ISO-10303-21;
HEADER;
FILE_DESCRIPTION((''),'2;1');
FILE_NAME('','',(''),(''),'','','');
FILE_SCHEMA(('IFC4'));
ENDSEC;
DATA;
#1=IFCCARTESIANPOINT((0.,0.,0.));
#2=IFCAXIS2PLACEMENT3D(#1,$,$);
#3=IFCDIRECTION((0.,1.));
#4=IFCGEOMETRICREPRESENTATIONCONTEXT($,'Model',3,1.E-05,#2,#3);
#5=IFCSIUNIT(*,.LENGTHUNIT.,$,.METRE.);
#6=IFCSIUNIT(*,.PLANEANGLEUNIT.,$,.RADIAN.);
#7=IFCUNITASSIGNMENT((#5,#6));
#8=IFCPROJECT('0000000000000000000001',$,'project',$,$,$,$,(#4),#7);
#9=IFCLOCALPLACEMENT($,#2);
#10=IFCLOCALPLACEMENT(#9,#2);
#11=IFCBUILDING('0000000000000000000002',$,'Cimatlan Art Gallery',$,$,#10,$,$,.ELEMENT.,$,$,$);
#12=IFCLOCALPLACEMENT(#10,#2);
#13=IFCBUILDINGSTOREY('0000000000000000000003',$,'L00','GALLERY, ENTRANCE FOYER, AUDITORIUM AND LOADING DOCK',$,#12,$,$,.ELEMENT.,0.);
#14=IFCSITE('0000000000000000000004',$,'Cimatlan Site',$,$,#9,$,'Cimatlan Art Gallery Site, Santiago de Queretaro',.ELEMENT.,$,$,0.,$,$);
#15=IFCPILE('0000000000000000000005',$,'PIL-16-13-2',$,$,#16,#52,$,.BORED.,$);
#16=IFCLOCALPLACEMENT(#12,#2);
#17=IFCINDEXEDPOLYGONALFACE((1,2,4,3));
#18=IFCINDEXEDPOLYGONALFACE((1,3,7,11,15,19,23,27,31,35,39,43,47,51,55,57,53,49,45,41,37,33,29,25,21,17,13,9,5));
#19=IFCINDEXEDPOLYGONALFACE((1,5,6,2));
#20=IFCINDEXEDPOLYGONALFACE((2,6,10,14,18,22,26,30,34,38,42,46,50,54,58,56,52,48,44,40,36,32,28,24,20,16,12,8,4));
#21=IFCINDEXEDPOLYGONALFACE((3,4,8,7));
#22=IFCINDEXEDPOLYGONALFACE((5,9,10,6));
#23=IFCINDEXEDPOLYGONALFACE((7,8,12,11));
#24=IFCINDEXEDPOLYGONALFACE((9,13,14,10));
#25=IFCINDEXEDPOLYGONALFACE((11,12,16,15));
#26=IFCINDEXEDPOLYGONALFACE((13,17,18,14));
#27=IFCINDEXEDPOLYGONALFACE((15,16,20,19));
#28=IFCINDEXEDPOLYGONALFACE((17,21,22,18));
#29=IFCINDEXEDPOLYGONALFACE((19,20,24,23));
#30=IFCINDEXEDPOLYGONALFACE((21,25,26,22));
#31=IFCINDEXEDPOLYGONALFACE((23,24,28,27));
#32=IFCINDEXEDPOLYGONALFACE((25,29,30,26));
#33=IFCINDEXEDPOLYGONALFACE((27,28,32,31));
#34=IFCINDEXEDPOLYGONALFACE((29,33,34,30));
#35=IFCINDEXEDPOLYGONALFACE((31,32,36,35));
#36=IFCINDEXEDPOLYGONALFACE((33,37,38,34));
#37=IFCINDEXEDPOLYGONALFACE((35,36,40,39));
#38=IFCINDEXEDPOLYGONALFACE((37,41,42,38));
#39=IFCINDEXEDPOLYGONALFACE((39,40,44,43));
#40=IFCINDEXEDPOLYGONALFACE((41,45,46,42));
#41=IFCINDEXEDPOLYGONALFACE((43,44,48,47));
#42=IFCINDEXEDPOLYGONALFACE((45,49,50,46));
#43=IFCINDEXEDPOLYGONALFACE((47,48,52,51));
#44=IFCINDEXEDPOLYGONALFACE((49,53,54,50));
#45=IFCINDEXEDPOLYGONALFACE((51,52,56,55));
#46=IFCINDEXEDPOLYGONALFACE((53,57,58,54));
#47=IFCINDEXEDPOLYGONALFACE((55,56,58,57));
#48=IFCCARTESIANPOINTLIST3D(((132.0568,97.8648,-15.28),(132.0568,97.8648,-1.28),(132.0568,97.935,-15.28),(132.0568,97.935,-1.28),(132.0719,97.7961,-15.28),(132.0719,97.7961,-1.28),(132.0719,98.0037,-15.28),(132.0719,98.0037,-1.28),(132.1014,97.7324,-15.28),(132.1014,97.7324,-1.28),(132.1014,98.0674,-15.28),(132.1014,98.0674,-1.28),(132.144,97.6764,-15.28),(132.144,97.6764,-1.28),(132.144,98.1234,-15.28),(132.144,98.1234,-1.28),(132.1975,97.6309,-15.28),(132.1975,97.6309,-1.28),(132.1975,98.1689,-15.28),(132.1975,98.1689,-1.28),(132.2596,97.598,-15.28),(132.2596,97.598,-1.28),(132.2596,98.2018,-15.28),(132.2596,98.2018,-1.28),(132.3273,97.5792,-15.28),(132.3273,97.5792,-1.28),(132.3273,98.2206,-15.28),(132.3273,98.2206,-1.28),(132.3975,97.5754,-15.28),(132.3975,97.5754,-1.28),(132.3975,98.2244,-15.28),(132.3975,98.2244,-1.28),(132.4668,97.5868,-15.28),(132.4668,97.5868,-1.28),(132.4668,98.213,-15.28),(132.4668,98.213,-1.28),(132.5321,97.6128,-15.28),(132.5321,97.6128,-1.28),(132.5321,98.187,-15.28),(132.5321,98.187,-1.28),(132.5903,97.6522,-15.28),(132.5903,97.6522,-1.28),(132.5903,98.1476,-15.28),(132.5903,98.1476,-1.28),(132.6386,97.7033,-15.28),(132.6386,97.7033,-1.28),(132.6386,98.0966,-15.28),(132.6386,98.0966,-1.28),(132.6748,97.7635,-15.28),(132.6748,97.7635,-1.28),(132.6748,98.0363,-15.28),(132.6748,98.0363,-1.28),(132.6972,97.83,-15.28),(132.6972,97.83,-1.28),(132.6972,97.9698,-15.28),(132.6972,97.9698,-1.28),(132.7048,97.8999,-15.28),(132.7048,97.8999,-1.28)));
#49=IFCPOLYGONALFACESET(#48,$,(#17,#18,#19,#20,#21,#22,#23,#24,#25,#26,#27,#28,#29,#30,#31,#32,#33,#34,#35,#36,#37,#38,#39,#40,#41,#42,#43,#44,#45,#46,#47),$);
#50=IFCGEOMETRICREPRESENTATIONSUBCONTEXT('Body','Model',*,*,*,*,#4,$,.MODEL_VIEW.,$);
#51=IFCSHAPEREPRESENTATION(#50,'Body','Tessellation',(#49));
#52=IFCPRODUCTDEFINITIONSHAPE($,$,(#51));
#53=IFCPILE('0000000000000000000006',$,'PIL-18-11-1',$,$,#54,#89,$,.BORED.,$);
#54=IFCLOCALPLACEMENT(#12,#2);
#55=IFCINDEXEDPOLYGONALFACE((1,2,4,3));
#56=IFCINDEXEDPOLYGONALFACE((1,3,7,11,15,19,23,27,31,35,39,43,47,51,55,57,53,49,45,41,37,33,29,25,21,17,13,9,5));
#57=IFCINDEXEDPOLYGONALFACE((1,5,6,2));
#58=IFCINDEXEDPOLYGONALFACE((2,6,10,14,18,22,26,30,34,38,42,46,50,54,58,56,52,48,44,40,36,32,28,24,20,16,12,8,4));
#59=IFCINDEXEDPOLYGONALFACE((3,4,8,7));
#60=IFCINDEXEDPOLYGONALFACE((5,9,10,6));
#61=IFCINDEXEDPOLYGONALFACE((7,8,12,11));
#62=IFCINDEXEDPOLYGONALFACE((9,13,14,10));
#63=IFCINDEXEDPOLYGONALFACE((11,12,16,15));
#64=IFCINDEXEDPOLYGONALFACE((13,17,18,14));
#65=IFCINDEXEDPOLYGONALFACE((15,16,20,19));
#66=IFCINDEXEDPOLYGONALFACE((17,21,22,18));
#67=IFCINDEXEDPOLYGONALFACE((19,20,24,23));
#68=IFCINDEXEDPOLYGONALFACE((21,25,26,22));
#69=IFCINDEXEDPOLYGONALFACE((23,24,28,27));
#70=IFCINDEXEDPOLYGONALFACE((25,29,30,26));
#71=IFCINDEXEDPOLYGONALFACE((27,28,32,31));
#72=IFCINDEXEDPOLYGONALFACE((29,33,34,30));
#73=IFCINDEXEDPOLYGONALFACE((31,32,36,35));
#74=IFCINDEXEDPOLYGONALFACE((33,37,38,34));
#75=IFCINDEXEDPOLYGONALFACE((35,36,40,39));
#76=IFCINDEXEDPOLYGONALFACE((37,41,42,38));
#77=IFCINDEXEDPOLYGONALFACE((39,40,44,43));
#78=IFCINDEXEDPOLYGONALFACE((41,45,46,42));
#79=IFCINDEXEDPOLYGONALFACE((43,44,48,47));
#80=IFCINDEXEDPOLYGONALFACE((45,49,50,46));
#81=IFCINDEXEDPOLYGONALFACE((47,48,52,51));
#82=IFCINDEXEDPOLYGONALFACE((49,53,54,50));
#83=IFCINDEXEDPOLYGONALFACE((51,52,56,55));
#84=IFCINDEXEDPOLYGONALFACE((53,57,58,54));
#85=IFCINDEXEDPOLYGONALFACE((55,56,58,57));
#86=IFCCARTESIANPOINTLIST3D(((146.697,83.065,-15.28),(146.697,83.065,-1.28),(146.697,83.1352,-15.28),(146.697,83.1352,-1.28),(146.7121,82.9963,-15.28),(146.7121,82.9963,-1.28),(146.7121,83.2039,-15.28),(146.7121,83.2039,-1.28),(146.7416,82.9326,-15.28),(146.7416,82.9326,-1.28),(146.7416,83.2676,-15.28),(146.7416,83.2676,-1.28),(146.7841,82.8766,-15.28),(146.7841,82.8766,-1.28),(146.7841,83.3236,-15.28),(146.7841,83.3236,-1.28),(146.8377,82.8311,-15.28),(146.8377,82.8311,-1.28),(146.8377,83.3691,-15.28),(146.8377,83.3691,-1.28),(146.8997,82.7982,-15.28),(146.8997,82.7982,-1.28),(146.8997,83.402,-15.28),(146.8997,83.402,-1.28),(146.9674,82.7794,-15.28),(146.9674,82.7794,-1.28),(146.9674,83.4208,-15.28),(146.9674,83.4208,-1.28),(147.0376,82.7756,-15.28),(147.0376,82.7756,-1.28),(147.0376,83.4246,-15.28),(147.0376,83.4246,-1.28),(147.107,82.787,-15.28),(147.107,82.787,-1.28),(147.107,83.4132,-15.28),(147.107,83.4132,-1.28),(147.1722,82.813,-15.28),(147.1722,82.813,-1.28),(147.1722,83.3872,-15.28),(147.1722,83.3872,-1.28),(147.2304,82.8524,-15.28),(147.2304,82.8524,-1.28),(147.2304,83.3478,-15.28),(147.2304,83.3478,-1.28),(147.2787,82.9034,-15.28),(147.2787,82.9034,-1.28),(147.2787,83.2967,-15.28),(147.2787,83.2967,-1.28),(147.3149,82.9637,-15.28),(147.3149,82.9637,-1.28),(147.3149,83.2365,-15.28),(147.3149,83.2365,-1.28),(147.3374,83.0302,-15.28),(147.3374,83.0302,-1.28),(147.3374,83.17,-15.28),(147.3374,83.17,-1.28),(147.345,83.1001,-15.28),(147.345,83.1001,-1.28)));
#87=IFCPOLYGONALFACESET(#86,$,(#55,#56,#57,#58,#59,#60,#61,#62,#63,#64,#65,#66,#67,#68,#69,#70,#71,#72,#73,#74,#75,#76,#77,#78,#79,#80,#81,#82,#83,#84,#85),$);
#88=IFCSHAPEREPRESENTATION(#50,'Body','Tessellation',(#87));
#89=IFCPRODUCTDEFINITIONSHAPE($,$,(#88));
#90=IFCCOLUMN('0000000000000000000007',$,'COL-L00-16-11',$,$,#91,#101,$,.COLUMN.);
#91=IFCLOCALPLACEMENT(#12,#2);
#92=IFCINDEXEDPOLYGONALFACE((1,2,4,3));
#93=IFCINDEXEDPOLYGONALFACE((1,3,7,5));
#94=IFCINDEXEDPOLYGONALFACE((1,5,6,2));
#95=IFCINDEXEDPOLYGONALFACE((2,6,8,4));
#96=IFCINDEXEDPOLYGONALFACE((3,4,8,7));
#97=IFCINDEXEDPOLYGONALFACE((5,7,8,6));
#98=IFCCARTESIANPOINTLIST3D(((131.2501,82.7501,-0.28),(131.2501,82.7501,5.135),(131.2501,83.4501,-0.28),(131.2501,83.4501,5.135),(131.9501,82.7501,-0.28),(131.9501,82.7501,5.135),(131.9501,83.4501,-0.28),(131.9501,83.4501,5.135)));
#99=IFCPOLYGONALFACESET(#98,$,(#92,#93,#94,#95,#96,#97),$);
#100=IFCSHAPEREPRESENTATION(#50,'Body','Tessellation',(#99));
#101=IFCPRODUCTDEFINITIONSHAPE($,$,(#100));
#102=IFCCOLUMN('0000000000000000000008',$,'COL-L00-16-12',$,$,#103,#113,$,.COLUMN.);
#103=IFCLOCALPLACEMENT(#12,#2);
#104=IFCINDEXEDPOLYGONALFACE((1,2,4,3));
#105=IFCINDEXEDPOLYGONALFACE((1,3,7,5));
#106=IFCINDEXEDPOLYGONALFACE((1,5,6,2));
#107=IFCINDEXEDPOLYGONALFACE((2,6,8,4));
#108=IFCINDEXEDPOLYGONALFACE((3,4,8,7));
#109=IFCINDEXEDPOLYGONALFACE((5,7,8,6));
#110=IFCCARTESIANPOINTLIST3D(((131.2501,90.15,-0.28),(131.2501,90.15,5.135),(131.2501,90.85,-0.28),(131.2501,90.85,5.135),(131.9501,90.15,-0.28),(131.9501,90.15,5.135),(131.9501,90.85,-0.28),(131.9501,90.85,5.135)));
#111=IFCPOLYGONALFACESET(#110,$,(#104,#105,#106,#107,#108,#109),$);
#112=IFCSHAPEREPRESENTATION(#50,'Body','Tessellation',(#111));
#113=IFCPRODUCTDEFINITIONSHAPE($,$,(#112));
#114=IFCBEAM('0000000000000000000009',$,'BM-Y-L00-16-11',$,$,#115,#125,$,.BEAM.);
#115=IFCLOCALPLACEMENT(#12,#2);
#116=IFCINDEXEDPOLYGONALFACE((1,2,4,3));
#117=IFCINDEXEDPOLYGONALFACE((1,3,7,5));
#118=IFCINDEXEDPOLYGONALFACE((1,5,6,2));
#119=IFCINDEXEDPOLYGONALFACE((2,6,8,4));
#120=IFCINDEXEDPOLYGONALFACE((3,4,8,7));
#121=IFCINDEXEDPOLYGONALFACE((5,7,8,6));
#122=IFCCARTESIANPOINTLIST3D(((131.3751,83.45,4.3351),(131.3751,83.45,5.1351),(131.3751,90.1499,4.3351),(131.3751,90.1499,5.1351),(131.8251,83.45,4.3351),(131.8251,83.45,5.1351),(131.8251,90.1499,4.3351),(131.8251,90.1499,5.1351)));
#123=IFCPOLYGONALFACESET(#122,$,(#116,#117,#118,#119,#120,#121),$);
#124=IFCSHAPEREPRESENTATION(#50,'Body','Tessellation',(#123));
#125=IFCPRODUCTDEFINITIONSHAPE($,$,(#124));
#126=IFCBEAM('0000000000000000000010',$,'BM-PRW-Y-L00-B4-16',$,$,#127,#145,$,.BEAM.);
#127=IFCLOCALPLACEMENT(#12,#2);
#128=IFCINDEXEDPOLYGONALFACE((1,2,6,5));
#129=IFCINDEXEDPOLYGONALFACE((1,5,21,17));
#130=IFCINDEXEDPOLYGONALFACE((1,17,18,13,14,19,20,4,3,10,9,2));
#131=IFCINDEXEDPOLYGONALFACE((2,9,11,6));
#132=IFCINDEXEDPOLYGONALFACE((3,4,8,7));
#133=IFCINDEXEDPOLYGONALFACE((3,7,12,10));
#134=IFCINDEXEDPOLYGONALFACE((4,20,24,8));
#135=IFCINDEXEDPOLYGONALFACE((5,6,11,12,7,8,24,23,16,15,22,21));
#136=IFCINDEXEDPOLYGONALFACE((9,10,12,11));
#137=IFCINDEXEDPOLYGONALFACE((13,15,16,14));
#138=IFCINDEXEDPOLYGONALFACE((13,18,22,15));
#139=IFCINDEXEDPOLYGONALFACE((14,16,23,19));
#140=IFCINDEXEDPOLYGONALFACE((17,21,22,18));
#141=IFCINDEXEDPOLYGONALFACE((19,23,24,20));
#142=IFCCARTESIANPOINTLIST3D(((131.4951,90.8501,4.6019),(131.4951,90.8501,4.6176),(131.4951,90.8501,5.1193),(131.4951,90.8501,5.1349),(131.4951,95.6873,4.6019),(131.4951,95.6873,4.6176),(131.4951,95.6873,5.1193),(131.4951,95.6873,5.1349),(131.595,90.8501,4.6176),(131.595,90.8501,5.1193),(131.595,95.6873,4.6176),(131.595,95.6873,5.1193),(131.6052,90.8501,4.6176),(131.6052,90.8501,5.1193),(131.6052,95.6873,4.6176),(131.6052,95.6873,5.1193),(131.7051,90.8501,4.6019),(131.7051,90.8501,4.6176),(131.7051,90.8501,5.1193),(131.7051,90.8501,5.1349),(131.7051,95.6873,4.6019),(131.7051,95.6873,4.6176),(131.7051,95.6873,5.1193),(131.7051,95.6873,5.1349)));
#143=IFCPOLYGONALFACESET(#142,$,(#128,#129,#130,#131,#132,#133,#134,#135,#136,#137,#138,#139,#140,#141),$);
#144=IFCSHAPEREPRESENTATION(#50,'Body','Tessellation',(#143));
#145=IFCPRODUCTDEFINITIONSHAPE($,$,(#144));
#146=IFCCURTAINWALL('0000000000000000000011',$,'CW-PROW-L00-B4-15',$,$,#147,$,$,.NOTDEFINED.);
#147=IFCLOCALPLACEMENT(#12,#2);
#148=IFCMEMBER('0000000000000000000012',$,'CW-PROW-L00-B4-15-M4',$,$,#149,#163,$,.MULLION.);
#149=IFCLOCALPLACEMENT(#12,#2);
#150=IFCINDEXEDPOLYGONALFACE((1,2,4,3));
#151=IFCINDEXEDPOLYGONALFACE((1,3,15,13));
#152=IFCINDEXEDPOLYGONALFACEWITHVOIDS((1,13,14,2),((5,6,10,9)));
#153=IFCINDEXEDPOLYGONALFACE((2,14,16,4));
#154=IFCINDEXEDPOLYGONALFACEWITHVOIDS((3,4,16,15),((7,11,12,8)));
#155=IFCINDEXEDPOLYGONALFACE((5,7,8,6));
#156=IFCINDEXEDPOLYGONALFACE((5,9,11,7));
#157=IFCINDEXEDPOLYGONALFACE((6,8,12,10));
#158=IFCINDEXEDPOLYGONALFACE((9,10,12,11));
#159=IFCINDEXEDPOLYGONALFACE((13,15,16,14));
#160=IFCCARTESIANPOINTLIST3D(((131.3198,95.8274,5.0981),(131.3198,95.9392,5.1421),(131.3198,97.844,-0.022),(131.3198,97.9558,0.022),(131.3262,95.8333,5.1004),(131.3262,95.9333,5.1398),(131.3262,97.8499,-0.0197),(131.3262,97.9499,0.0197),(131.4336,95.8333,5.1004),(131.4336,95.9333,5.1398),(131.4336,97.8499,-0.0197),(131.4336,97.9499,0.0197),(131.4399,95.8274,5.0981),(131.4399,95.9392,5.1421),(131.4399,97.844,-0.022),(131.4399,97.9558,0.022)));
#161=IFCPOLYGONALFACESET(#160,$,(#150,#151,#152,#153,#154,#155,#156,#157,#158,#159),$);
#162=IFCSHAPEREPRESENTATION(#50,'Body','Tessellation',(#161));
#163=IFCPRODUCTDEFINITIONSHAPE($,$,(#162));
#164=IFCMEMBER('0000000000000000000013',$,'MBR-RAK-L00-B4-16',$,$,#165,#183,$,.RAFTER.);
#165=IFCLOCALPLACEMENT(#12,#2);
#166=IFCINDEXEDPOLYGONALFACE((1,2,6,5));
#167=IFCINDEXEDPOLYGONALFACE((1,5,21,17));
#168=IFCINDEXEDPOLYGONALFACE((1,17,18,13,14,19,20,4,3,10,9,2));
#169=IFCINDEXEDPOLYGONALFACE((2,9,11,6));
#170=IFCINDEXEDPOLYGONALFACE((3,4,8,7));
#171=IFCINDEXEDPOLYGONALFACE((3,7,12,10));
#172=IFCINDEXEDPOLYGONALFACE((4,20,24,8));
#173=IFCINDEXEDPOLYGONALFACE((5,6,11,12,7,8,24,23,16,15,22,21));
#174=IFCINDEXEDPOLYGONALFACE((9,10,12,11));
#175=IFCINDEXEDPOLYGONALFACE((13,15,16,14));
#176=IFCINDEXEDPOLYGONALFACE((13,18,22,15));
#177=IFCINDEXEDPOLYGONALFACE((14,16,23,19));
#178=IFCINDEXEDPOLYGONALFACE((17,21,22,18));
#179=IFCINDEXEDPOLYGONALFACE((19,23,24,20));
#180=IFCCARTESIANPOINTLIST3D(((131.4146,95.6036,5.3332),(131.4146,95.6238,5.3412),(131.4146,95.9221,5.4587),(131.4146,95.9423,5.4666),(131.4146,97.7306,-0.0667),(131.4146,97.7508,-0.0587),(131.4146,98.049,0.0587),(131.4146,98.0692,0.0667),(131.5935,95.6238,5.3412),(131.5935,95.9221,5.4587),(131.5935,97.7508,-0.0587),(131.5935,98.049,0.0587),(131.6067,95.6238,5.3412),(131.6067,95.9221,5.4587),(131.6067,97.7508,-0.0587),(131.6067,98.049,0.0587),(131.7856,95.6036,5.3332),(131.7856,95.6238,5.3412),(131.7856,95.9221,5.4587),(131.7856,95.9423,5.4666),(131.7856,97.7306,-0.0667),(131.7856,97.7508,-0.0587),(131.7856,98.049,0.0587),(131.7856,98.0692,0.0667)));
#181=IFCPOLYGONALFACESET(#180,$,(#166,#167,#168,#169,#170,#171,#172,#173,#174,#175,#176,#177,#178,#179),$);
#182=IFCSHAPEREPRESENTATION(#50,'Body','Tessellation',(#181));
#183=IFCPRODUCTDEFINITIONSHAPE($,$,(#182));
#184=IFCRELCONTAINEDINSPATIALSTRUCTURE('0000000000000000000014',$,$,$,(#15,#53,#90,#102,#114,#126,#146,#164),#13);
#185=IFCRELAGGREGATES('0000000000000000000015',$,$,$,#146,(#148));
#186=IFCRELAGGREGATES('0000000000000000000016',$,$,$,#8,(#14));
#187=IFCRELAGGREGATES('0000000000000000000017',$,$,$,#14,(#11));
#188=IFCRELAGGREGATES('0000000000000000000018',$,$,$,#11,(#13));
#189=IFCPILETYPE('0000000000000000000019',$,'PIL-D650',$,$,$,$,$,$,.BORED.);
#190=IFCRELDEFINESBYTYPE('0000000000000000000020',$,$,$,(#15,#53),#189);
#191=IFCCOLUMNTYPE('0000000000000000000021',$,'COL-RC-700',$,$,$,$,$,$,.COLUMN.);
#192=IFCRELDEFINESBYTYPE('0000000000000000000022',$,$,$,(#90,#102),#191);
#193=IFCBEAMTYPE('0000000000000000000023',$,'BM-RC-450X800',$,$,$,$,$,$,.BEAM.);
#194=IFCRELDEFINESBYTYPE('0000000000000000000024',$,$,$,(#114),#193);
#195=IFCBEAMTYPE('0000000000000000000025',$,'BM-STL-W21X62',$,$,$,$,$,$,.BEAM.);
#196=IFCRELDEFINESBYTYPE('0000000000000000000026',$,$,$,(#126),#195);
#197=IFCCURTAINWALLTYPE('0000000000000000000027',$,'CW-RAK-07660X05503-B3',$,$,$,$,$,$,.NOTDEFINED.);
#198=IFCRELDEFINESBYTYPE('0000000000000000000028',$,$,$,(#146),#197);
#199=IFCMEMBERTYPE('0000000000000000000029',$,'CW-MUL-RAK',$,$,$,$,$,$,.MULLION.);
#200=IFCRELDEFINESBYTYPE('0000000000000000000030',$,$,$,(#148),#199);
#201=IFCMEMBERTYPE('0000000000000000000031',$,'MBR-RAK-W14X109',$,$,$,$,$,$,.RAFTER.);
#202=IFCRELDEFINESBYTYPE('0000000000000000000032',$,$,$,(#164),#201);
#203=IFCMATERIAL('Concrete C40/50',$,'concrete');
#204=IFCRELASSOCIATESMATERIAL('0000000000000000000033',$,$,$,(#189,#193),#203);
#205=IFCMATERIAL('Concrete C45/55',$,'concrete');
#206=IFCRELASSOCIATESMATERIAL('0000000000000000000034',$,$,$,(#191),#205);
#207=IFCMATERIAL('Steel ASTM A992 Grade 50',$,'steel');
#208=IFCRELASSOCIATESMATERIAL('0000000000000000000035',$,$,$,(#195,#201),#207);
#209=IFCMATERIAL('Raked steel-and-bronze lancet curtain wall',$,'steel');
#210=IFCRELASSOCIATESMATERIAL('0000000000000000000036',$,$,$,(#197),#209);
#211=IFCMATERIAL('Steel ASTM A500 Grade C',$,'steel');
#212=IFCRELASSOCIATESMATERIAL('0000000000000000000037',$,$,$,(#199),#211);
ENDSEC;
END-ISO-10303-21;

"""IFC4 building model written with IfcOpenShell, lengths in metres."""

from ifc_helpers import new_model, si_unit, direction, frame, origin, origin_2d, place, context, subcontext, project, spatial, rectangle, hollow_rectangle, circle, i_section, extrude, material, material_profile, profile_set, type_object, element, aggregate, save


model = new_model("IFC4")

# Units and contexts
model_context = context("Model", 3, precision=1e-05, world=origin(), true_north=direction((0.0, 1.0)))
body_context = subcontext(model_context, "Body", "Model", "MODEL_VIEW")
ifc_project = project(units=[si_unit("LENGTHUNIT", "METRE"), si_unit("PLANEANGLEUNIT", "RADIAN")], contexts=[model_context])

# Site, building, storey
site_placement = place(None, origin())
site = spatial("IfcSite", under=ifc_project, at=site_placement, Name="Cimatlan Site", LongName="Cimatlan Art Gallery Site, Santiago de Queretaro", CompositionType="ELEMENT", RefElevation=0.0)
building_placement = place(site_placement, origin())
building = spatial("IfcBuilding", under=site, at=building_placement, Name="Cimatlan Art Gallery", CompositionType="ELEMENT")
storey_placement = place(building_placement, origin())
storey = spatial("IfcBuildingStorey", under=building, at=storey_placement, Name="L00", Description="GALLERY, ENTRANCE FOYER, AUDITORIUM AND LOADING DOCK", CompositionType="ELEMENT", Elevation=0.0)

# Shared definitions
ifc_material_1 = material(Name="Concrete C40/50", Category="concrete")

# Piles
pile_type = type_object("IfcPileType", Name="PIL-D650", PredefinedType="BORED", material=ifc_material_1)
for number, where, z_axis, x_axis, name in (
    (1, (132.3799, 97.8999, -1.28), (0.0, 0.0, -1.0), (1.0, 0.0, 0.0), "PIL-16-13-2"),
    (2, (147.02, 83.1001, -1.28), (0.0, 0.0, -1.0), (1.0, 0.0, 0.0), "PIL-18-11-1"),
):
    element("IfcPile", number, at=place(storey_placement, frame(where, z_axis=z_axis, x_axis=x_axis)), inside=storey, type_object=pile_type, Name=name, PredefinedType="BORED", context=body_context, shape_type="SweptSolid", body=[
        extrude(circle(Radius=0.325, at=origin_2d()), origin(), (0.0, 0.0, 1.0), 14.0),
    ])

# Columns
ifc_material_2 = material(Name="Concrete C45/55", Category="concrete")
ifc_material_profile_1 = material_profile(ifc_material_2, rectangle(XDim=0.7, YDim=0.7, at=origin_2d()), Name="RC700X700")
ifc_profile_set_1 = profile_set([ifc_material_profile_1], Name="Concrete C45/55")
column_type = type_object("IfcColumnType", Name="COL-RC-700", PredefinedType="COLUMN", material=ifc_profile_set_1)
for number, where, z_axis, x_axis, name in (
    (3, (131.6001, 83.1001, -0.28), (0.0, 0.0, 1.0), (1.0, 0.0, 0.0), "COL-L00-16-11"),
    (4, (131.6001, 90.5, -0.28), (0.0, 0.0, 1.0), (1.0, 0.0, 0.0), "COL-L00-16-12"),
):
    element("IfcColumn", number, at=place(storey_placement, frame(where, z_axis=z_axis, x_axis=x_axis)), inside=storey, type_object=column_type, Name=name, PredefinedType="COLUMN", context=body_context, shape_type="SweptSolid", body=[
        extrude(rectangle(XDim=0.7, YDim=0.7, at=origin_2d()), origin(), (0.0, 0.0, 1.0), 5.415),
    ])

# Beams
ifc_material_profile_2 = material_profile(ifc_material_1, rectangle(XDim=0.45, YDim=0.8, at=origin_2d()), Name="RC450X800")
ifc_profile_set_2 = profile_set([ifc_material_profile_2], Name="Concrete C40/50")
beam_type_1 = type_object("IfcBeamType", Name="BM-RC-450X800", PredefinedType="BEAM", material=ifc_profile_set_2)
beam_1_placement = place(storey_placement, frame((131.6001, 83.45, 4.7351), z_axis=(0.0, 1.0, 0.0), x_axis=(-1.0, 0.0, 0.0)))
element("IfcBeam", 5, at=beam_1_placement, inside=storey, type_object=beam_type_1, Name="BM-Y-L00-16-11", PredefinedType="BEAM", context=body_context, shape_type="SweptSolid", body=[
    extrude(rectangle(XDim=0.45, YDim=0.8, at=origin_2d()), origin(), (0.0, 0.0, 1.0), 6.7),
])
ifc_material_3 = material(Name="Steel ASTM A992 Grade 50", Category="steel")
ifc_material_profile_3 = material_profile(ifc_material_3, i_section(OverallWidth=0.21, OverallDepth=0.533, WebThickness=0.0103, FlangeThickness=0.0156, at=origin_2d()), Name="W21X62")
ifc_profile_set_3 = profile_set([ifc_material_profile_3], Name="Steel ASTM A992 Grade 50")
beam_type_2 = type_object("IfcBeamType", Name="BM-STL-W21X62", PredefinedType="BEAM", material=ifc_profile_set_3)
beam_2_placement = place(storey_placement, frame((131.6001, 90.8501, 4.8684), z_axis=(0.0, 1.0, 0.0), x_axis=(-1.0, 0.0, 0.0)))
element("IfcBeam", 6, at=beam_2_placement, inside=storey, type_object=beam_type_2, Name="BM-PRW-Y-L00-B4-16", PredefinedType="BEAM", context=body_context, shape_type="SweptSolid", body=[
    extrude(i_section(OverallWidth=0.21, OverallDepth=0.533, WebThickness=0.0103, FlangeThickness=0.0156, at=origin_2d()), origin(), (0.0, 0.0, 1.0), 4.8372),
])

# Curtain wall, member
ifc_material_4 = material(Name="Raked steel-and-bronze lancet curtain wall", Category="steel")
curtain_wall_type = type_object("IfcCurtainWallType", Name="CW-RAK-07660X05503-B3", PredefinedType="NOTDEFINED", material=ifc_material_4)
curtain_wall_placement = place(storey_placement, origin())
curtain_wall = element("IfcCurtainWall", 7, at=curtain_wall_placement, inside=storey, type_object=curtain_wall_type, Name="CW-PROW-L00-B4-15", PredefinedType="NOTDEFINED")
ifc_material_5 = material(Name="Steel ASTM A500 Grade C", Category="steel")
ifc_material_profile_4 = material_profile(ifc_material_5, hollow_rectangle(XDim=0.1201, YDim=0.1201, WallThickness=0.0063, at=origin_2d()), Name="HSS120X120X6")
ifc_profile_set_4 = profile_set([ifc_material_profile_4], Name="Steel ASTM A500 Grade C")
member_type_1 = type_object("IfcMemberType", Name="CW-MUL-RAK", PredefinedType="MULLION", material=ifc_profile_set_4)
member_1_placement = place(storey_placement, frame((131.3799, 97.8999, 0.0), z_axis=(0.0, -0.366459, 0.930434), x_axis=(1.0, 0.0, 0.0)))
member_1 = element("IfcMember", 8, at=member_1_placement, type_object=member_type_1, Name="CW-PROW-L00-B4-15-M4", PredefinedType="MULLION", context=body_context, shape_type="SweptSolid", body=[
    extrude(hollow_rectangle(XDim=0.1201, YDim=0.1201, WallThickness=0.0063, at=origin_2d()), origin(), (0.0, 0.0, 1.0), 5.5029),
])

# Member
ifc_material_profile_5 = material_profile(ifc_material_3, i_section(OverallWidth=0.3711, OverallDepth=0.364, WebThickness=0.0132, FlangeThickness=0.0217, at=origin_2d()), Name="W14X109")
ifc_profile_set_5 = profile_set([ifc_material_profile_5], Name="Steel ASTM A992 Grade 50")
member_type_2 = type_object("IfcMemberType", Name="MBR-RAK-W14X109", PredefinedType="RAFTER", material=ifc_profile_set_5)
member_2_placement = place(storey_placement, frame((131.6001, 97.8999, 0.0), z_axis=(0.0, -0.366483, 0.930425), x_axis=(1.0, 0.0, 0.0)))
element("IfcMember", 9, at=member_2_placement, inside=storey, type_object=member_type_2, Name="MBR-RAK-L00-B4-16", PredefinedType="RAFTER", context=body_context, shape_type="SweptSolid", body=[
    extrude(i_section(OverallWidth=0.3711, OverallDepth=0.364, WebThickness=0.0132, FlangeThickness=0.0217, at=origin_2d()), origin(), (0.0, 0.0, 1.0), 5.8037),
])

aggregate(curtain_wall, [member_1])

save(model, "model.ifc")
